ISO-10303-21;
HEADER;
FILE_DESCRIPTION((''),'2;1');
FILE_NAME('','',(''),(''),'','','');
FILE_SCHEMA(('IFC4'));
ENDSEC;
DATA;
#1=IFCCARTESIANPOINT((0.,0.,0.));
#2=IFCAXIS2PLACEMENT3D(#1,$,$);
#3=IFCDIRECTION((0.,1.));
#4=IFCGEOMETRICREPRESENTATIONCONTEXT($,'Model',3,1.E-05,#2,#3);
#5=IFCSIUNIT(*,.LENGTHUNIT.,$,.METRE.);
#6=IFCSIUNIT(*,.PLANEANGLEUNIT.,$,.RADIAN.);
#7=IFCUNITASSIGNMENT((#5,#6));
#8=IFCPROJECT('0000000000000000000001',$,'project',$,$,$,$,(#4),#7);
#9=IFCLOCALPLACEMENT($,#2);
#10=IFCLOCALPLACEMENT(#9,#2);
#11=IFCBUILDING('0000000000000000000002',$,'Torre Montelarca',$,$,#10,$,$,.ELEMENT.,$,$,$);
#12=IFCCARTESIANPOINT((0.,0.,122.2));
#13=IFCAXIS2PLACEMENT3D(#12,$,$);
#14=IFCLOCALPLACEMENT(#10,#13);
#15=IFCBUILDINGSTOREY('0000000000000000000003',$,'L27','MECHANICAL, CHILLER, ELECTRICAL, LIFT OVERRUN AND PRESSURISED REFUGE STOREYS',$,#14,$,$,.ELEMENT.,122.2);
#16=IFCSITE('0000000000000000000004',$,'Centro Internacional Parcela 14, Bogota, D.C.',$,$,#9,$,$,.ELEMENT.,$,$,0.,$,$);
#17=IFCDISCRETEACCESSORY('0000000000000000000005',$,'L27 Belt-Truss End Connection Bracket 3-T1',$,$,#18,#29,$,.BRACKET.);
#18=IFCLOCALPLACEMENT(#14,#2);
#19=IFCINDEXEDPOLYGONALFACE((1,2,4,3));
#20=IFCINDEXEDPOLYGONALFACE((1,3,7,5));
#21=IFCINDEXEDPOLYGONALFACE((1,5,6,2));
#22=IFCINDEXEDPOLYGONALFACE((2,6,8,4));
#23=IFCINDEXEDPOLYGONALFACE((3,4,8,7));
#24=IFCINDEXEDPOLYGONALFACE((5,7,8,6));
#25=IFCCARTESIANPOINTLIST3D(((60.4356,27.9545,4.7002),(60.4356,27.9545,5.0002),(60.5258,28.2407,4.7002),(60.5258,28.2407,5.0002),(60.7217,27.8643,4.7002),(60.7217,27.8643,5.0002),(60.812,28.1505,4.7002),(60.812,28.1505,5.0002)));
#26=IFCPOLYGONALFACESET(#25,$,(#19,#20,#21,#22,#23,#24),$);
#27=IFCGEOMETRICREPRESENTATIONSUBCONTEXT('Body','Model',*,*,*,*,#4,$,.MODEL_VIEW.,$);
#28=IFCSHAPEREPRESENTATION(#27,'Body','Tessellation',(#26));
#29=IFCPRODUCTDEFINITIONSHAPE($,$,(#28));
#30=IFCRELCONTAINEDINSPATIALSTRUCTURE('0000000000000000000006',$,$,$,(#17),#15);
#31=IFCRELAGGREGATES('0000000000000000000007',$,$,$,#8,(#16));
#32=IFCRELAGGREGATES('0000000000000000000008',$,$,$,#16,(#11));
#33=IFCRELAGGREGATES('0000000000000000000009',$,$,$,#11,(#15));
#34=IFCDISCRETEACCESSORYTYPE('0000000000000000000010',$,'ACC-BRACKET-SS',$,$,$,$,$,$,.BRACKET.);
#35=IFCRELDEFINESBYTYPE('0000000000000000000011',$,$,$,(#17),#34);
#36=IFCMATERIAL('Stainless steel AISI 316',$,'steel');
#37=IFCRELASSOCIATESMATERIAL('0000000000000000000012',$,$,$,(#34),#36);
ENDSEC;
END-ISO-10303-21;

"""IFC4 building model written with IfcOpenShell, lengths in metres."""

from ifc_helpers import new_model, si_unit, direction, frame, origin, origin_2d, place, context, subcontext, project, spatial, rectangle, extrude, source, transform, mapped, material, type_object, element, save


model = new_model("IFC4")

# Units and contexts
model_context = context("Model", 3, precision=1e-05, world=origin(), true_north=direction((0.0, 1.0)))
body_context = subcontext(model_context, "Body", "Model", "MODEL_VIEW")
ifc_project = project(units=[si_unit("LENGTHUNIT", "METRE"), si_unit("PLANEANGLEUNIT", "RADIAN")], contexts=[model_context])

# Site, building, storey
site_placement = place(None, origin())
site = spatial("IfcSite", under=ifc_project, at=site_placement, Name="Centro Internacional Parcela 14, Bogota, D.C.", CompositionType="ELEMENT", RefElevation=0.0)
building_placement = place(site_placement, origin())
building = spatial("IfcBuilding", under=site, at=building_placement, Name="Torre Montelarca", CompositionType="ELEMENT")
storey_placement = place(building_placement, frame((0.0, 0.0, 122.2)))
storey = spatial("IfcBuildingStorey", under=building, at=storey_placement, Name="L27", Description="MECHANICAL, CHILLER, ELECTRICAL, LIFT OVERRUN AND PRESSURISED REFUGE STOREYS", CompositionType="ELEMENT", Elevation=122.2)

# Discrete accessory
ifc_material_1 = material(Name="Stainless steel AISI 316", Category="steel")
discrete_accessory_type = type_object("IfcDiscreteAccessoryType", Name="ACC-BRACKET-SS", PredefinedType="BRACKET", material=ifc_material_1)
shared_shape_1 = source(origin(), body_context, "Body", "SweptSolid", [
    extrude(rectangle(XDim=0.3, YDim=0.3, at=origin_2d()), origin(), (0.0, 0.0, 1.0), 0.3),
])
for number, where, z_axis, x_axis, name in (
    (1, (60.6238, 28.0525, 4.7002), (0.0, 0.0, 1.0), (0.300706, 0.953717, 0.0), "L27 Belt-Truss End Connection Bracket 3-T1"),
):
    element("IfcDiscreteAccessory", number, at=place(storey_placement, frame(where, z_axis=z_axis, x_axis=x_axis)), inside=storey, type_object=discrete_accessory_type, Name=name, PredefinedType="BRACKET", context=body_context, shape_type="MappedRepresentation", body=[
        mapped(shared_shape_1, transform((0.0, 0.0, 0.0), scale=1.0)),
    ])

save(model, "model.ifc")
